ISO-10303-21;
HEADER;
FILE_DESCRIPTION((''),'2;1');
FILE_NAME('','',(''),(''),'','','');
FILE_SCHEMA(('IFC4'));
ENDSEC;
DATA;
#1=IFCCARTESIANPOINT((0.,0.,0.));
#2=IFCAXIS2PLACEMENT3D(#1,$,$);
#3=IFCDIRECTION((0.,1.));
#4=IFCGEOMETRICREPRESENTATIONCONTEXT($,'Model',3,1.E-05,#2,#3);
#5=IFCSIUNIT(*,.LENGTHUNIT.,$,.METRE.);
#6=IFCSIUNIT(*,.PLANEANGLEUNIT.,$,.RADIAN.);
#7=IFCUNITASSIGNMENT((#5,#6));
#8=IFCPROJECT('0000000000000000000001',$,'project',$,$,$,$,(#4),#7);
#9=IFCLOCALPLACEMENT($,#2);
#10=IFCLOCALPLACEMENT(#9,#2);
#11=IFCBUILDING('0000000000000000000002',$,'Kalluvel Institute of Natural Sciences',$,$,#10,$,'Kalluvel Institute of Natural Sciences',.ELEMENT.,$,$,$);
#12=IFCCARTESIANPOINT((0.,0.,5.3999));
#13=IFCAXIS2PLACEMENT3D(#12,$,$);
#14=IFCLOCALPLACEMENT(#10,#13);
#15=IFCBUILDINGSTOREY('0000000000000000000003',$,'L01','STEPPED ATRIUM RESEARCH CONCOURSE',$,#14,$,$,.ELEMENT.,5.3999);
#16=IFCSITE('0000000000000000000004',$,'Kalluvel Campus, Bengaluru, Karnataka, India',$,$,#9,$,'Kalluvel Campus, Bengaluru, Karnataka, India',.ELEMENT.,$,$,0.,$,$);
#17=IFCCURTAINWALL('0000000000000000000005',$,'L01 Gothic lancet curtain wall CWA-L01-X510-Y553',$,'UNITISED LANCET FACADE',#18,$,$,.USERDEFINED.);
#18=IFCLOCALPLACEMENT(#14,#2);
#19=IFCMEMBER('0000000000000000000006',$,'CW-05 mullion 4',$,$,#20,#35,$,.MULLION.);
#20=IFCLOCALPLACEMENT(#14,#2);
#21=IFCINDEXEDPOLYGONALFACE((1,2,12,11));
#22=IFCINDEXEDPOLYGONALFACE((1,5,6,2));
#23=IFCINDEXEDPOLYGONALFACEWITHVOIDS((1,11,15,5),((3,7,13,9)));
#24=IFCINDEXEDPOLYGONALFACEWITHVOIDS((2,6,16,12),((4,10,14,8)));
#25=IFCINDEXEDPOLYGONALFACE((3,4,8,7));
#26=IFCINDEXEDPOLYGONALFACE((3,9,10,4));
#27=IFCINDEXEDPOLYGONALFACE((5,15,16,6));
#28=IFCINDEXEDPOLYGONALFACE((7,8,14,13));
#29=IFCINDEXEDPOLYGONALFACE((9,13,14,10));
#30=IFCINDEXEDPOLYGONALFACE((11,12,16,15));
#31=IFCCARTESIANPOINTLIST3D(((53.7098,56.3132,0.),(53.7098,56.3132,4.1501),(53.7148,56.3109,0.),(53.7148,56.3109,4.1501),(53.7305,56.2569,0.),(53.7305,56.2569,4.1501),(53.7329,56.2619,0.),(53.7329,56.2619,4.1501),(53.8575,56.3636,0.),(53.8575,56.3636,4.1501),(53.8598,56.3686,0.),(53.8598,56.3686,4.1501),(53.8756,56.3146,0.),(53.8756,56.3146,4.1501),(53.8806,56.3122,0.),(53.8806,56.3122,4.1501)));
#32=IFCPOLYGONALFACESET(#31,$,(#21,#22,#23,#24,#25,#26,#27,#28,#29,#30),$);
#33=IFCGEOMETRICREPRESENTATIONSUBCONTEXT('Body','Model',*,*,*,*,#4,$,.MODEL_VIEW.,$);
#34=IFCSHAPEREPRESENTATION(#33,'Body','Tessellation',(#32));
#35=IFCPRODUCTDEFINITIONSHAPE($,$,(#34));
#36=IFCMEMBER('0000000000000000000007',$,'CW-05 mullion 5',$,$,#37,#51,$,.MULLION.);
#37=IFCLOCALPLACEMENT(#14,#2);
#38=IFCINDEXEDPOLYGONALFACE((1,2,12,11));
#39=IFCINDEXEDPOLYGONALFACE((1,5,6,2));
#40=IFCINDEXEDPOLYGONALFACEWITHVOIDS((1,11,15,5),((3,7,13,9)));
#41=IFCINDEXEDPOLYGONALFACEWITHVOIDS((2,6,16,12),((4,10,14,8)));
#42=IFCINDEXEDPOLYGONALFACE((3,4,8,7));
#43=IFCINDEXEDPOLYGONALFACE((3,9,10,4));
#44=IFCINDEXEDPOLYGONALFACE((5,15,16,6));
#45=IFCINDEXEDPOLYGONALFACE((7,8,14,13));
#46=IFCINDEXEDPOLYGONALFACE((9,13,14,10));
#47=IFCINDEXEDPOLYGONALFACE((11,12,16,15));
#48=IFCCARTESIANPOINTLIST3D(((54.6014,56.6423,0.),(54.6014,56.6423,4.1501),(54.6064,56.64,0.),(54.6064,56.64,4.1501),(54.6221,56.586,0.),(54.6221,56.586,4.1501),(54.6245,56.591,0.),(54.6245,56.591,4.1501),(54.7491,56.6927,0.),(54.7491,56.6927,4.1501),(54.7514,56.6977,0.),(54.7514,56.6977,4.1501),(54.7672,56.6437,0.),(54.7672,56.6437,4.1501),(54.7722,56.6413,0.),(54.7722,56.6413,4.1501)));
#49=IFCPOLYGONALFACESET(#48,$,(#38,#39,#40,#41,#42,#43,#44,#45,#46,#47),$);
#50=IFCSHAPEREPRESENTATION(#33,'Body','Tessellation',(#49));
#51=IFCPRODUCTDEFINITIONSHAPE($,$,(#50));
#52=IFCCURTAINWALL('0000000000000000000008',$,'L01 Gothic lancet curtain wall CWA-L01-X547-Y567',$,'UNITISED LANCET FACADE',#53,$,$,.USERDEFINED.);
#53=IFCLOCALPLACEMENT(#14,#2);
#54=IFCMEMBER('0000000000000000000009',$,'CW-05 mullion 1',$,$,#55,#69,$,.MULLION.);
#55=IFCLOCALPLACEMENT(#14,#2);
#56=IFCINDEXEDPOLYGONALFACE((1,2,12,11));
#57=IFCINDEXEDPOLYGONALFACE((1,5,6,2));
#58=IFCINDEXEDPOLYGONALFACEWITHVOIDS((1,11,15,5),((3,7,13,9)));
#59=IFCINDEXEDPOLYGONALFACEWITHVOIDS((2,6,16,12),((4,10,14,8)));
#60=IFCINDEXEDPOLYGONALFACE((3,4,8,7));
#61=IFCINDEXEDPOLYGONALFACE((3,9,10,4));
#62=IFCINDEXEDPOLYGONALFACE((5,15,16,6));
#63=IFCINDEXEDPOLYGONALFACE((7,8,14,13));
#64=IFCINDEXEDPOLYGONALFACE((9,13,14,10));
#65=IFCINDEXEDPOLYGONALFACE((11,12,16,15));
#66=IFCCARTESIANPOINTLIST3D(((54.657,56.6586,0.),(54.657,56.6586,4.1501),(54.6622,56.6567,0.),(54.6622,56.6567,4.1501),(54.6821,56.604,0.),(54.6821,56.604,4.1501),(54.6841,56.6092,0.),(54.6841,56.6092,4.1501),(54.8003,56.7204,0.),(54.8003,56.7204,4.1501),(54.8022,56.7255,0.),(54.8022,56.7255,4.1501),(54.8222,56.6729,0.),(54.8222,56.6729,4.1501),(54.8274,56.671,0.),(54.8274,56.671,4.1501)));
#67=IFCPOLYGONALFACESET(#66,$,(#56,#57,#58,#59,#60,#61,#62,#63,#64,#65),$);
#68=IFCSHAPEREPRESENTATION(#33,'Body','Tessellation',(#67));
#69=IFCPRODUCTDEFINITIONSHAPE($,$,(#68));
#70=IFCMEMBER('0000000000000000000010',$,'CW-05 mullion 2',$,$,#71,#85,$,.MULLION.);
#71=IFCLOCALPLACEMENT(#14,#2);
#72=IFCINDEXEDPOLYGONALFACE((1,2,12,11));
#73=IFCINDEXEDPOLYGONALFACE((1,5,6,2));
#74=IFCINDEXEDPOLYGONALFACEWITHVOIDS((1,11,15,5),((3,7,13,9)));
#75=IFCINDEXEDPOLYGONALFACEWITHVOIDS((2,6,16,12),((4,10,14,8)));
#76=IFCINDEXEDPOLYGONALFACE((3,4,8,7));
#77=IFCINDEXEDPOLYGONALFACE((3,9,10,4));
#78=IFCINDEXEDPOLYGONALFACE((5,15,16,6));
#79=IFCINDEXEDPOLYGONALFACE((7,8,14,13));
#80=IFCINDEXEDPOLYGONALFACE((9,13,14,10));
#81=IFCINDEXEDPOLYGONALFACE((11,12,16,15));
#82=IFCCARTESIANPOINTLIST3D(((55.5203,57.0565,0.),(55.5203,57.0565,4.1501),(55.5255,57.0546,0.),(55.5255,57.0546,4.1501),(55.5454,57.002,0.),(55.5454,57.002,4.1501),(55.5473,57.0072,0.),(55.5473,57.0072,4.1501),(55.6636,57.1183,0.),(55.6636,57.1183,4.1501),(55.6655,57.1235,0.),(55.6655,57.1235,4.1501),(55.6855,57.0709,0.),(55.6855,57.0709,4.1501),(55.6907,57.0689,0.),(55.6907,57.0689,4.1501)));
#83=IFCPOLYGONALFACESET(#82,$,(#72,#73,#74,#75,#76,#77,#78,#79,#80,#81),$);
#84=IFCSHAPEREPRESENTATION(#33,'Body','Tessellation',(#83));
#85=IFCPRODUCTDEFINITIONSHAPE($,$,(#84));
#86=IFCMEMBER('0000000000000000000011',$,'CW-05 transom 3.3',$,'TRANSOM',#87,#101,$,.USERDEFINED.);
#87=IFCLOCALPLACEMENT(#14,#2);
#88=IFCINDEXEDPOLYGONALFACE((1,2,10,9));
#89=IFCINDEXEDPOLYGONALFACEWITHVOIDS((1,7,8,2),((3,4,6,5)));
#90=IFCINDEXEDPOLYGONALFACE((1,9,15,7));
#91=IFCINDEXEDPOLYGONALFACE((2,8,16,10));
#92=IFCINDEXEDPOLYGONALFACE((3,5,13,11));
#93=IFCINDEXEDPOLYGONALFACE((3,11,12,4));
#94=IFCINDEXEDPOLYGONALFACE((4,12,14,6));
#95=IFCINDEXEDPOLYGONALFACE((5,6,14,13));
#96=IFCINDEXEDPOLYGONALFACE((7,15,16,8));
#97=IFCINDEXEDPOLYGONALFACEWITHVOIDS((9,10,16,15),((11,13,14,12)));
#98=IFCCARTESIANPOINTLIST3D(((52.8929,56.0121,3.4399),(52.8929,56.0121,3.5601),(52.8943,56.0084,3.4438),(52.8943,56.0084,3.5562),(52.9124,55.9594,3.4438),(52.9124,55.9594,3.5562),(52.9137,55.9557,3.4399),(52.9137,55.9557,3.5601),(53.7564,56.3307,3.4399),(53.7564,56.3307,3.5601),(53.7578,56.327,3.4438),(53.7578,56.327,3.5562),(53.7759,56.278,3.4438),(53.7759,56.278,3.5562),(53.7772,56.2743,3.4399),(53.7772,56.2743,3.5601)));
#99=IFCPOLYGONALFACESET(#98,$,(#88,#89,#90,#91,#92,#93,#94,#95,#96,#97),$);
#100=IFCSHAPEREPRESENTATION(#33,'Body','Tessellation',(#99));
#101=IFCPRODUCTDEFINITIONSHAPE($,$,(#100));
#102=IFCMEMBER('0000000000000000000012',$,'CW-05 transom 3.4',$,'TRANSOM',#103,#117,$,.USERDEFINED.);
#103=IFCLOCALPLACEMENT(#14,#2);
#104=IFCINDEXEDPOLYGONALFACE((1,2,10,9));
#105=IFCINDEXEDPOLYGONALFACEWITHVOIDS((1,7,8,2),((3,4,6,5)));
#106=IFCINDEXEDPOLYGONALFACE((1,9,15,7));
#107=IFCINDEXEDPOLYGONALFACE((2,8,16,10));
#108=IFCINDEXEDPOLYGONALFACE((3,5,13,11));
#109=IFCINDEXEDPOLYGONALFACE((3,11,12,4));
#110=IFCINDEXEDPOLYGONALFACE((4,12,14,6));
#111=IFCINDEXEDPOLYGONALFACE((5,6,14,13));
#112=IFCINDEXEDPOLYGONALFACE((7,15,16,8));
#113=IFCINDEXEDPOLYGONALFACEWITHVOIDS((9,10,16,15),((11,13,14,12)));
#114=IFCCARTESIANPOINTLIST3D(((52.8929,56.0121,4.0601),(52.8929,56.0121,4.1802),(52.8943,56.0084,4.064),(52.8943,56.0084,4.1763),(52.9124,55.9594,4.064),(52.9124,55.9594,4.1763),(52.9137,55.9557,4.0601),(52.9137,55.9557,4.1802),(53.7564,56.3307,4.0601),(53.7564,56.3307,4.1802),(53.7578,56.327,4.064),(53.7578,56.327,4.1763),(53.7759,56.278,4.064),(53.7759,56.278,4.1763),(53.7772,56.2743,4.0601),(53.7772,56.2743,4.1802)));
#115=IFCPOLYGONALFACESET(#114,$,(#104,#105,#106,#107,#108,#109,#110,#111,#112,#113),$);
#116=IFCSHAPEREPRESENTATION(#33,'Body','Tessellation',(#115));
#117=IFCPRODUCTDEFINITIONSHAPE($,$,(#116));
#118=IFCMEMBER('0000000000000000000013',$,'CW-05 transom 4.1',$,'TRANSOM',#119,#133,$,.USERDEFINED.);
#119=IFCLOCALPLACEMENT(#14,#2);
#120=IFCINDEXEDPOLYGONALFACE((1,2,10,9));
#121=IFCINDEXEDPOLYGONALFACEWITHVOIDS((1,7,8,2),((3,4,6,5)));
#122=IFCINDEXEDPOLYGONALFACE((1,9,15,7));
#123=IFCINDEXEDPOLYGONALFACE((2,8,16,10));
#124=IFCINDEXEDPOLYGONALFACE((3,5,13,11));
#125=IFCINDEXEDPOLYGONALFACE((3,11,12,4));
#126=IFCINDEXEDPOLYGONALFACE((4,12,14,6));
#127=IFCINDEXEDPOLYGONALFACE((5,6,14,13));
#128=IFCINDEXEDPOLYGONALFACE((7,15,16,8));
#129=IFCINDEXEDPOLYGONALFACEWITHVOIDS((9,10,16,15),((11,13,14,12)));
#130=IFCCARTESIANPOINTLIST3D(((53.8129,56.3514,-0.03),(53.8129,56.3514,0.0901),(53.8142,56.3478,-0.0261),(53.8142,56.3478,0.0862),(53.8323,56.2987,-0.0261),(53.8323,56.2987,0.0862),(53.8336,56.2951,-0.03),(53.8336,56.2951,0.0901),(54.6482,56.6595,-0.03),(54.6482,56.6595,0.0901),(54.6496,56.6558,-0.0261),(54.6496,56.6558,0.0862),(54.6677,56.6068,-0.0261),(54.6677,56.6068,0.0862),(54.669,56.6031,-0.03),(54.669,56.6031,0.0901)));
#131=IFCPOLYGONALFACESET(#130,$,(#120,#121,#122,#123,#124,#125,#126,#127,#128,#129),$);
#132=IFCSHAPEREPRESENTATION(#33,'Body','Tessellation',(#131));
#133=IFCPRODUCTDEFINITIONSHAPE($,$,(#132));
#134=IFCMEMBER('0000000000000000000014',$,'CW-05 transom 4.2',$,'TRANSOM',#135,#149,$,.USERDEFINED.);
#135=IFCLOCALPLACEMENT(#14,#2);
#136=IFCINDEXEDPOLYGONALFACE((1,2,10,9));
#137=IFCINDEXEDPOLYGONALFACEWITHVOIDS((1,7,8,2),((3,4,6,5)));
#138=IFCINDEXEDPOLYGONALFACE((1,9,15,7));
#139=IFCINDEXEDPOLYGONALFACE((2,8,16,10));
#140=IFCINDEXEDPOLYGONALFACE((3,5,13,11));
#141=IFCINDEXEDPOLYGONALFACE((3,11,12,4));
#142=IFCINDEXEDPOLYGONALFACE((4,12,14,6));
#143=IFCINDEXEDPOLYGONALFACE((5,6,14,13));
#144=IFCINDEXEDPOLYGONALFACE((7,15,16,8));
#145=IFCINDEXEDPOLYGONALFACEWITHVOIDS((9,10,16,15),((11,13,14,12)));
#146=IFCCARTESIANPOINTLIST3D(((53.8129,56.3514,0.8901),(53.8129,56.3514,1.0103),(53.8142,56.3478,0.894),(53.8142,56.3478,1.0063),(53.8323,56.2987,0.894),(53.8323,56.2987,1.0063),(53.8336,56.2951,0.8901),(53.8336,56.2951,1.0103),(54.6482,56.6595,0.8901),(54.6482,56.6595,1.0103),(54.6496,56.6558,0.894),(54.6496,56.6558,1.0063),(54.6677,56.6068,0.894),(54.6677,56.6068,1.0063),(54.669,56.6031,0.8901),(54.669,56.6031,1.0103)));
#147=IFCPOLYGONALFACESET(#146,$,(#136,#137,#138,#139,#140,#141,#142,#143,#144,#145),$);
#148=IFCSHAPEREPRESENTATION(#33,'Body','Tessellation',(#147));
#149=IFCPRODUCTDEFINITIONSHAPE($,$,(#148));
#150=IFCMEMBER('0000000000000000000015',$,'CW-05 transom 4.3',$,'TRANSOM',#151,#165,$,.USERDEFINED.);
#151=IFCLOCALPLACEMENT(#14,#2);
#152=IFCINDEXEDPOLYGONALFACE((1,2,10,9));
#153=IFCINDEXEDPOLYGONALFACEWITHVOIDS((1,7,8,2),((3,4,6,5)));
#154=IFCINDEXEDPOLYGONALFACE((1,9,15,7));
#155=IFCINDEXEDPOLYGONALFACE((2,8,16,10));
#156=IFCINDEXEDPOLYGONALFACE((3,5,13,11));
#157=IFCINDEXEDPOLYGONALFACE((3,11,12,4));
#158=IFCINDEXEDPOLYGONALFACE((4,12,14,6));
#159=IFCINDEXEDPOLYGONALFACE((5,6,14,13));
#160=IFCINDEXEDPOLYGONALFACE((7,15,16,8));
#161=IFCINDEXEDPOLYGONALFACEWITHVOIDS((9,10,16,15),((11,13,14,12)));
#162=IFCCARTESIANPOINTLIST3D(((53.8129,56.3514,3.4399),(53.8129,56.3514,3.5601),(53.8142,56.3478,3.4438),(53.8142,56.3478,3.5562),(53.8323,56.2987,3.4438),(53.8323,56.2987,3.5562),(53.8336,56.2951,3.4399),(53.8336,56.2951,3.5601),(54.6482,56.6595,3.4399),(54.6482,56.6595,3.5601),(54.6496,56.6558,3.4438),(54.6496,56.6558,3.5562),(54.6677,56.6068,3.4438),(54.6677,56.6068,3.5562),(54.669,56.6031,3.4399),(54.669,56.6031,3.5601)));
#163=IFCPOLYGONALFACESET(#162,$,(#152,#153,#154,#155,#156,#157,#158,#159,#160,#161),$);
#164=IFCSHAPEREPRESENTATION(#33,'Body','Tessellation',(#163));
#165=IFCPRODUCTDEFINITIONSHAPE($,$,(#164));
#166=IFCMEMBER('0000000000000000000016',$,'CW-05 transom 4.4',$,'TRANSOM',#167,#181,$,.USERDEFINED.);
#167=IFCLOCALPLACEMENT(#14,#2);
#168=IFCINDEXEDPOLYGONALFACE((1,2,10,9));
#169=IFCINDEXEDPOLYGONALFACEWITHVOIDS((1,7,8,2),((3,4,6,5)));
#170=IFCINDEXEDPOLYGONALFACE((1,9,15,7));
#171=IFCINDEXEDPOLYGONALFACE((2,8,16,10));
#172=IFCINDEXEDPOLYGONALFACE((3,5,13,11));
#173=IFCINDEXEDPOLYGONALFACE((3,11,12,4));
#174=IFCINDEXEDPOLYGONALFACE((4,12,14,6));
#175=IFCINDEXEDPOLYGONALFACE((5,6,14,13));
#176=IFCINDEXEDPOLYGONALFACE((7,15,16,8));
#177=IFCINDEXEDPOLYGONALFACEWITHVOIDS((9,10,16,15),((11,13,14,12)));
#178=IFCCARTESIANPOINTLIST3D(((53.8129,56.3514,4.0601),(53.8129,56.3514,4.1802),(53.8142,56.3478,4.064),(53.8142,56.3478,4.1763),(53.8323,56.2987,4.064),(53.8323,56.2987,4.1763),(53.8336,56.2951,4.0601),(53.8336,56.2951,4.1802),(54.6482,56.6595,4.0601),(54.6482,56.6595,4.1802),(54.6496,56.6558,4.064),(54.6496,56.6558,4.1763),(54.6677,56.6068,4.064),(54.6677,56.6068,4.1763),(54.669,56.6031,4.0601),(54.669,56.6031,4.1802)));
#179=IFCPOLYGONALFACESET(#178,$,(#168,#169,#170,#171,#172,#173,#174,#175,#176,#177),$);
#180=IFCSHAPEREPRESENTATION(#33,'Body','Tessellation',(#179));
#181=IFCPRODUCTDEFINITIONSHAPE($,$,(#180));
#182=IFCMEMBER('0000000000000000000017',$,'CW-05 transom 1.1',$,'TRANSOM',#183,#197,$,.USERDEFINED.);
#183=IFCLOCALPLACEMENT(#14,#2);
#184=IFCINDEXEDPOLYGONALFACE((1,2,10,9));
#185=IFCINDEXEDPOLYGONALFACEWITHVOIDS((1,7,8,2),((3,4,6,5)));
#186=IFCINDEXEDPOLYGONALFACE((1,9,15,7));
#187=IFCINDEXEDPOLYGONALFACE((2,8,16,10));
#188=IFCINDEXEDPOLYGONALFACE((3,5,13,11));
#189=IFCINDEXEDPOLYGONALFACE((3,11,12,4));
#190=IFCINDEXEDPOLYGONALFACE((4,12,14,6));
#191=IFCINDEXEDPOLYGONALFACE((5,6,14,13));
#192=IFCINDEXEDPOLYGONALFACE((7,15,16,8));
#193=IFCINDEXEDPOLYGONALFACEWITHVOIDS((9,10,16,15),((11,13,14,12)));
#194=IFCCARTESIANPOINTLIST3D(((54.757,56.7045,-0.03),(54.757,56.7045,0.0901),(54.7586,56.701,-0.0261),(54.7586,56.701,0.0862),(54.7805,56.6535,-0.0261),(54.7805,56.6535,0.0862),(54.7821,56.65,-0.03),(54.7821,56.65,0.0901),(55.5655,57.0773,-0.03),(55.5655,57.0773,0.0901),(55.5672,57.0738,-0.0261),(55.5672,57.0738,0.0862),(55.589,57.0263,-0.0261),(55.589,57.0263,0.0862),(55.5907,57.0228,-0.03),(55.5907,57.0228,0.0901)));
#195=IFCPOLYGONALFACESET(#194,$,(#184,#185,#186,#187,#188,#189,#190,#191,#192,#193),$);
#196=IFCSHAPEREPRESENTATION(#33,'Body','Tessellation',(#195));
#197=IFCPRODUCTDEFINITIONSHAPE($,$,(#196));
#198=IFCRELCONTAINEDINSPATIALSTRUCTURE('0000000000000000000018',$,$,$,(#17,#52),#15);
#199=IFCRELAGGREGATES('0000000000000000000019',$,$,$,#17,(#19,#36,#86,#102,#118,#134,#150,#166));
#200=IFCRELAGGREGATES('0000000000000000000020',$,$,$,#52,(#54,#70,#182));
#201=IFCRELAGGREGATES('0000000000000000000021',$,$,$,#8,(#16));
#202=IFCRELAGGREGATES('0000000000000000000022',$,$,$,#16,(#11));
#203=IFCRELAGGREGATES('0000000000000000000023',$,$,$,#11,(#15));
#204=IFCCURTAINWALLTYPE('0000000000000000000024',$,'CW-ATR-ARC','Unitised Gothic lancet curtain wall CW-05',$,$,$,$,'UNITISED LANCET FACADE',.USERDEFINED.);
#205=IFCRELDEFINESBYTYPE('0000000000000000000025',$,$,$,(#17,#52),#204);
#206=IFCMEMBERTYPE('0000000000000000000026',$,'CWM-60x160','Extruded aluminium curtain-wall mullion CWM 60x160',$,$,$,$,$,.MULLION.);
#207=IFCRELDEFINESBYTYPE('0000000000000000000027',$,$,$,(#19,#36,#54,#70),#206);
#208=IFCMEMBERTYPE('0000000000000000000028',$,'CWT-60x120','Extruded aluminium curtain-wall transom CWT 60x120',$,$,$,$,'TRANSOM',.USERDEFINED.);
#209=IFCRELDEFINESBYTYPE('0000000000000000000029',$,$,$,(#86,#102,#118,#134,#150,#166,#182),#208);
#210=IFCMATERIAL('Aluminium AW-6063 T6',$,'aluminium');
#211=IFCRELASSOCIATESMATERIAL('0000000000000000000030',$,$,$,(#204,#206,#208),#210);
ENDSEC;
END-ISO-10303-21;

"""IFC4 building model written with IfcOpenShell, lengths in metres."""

from ifc_helpers import new_model, si_unit, direction, frame, origin, origin_2d, place, context, subcontext, project, spatial, hollow_rectangle, extrude, material, material_profile, profile_set, type_object, element, aggregate, save


model = new_model("IFC4")

# Units and contexts
model_context = context("Model", 3, precision=1e-05, world=origin(), true_north=direction((0.0, 1.0)))
body_context = subcontext(model_context, "Body", "Model", "MODEL_VIEW")
ifc_project = project(units=[si_unit("LENGTHUNIT", "METRE"), si_unit("PLANEANGLEUNIT", "RADIAN")], contexts=[model_context])

# Site, building, storey
site_placement = place(None, origin())
site = spatial("IfcSite", under=ifc_project, at=site_placement, Name="Kalluvel Campus, Bengaluru, Karnataka, India", LongName="Kalluvel Campus, Bengaluru, Karnataka, India", CompositionType="ELEMENT", RefElevation=0.0)
building_placement = place(site_placement, origin())
building = spatial("IfcBuilding", under=site, at=building_placement, Name="Kalluvel Institute of Natural Sciences", LongName="Kalluvel Institute of Natural Sciences", CompositionType="ELEMENT")
storey_placement = place(building_placement, frame((0.0, 0.0, 5.3999)))
storey = spatial("IfcBuildingStorey", under=building, at=storey_placement, Name="L01", Description="STEPPED ATRIUM RESEARCH CONCOURSE", CompositionType="ELEMENT", Elevation=5.3999)

# Curtain walls, members
ifc_material_1 = material(Name="Aluminium AW-6063 T6", Category="aluminium")
curtain_wall_type = type_object("IfcCurtainWallType", Name="CW-ATR-ARC", Description="Unitised Gothic lancet curtain wall CW-05", ElementType="UNITISED LANCET FACADE", PredefinedType="USERDEFINED", material=ifc_material_1)
curtain_wall_1_placement = place(storey_placement, origin())
curtain_wall_1 = element("IfcCurtainWall", 1, at=curtain_wall_1_placement, inside=storey, type_object=curtain_wall_type, Name="L01 Gothic lancet curtain wall CWA-L01-X510-Y553", ObjectType="UNITISED LANCET FACADE", PredefinedType="USERDEFINED")
ifc_material_profile_1 = material_profile(ifc_material_1, hollow_rectangle(XDim=0.0601, YDim=0.1599, WallThickness=0.0039, at=origin_2d()), Name="CWM 60x160")
ifc_profile_set_1 = profile_set([ifc_material_profile_1], Name="Aluminium AW-6063 T6")
member_type_1 = type_object("IfcMemberType", Name="CWM-60x160", Description="Extruded aluminium curtain-wall mullion CWM 60x160", PredefinedType="MULLION", material=ifc_profile_set_1)
member_1_placement = place(storey_placement, frame((53.7952, 56.3127, 0.0), z_axis=(0.0, 0.0, 1.0), x_axis=(-0.346122, 0.938189, 0.0)))
member_1 = element("IfcMember", 2, at=member_1_placement, type_object=member_type_1, Name="CW-05 mullion 4", PredefinedType="MULLION", context=body_context, shape_type="SweptSolid", body=[
    extrude(hollow_rectangle(XDim=0.0601, YDim=0.1599, WallThickness=0.0039, at=origin_2d()), origin(), (0.0, 0.0, 1.0), 4.1501),
])
member_2_placement = place(storey_placement, frame((54.6868, 56.6418, 0.0), z_axis=(0.0, 0.0, 1.0), x_axis=(-0.346122, 0.938189, 0.0)))
member_2 = element("IfcMember", 3, at=member_2_placement, type_object=member_type_1, Name="CW-05 mullion 5", PredefinedType="MULLION", context=body_context, shape_type="SweptSolid", body=[
    extrude(hollow_rectangle(XDim=0.0601, YDim=0.1599, WallThickness=0.0039, at=origin_2d()), origin(), (0.0, 0.0, 1.0), 4.1501),
])
curtain_wall_2_placement = place(storey_placement, origin())
curtain_wall_2 = element("IfcCurtainWall", 4, at=curtain_wall_2_placement, inside=storey, type_object=curtain_wall_type, Name="L01 Gothic lancet curtain wall CWA-L01-X547-Y567", ObjectType="UNITISED LANCET FACADE", PredefinedType="USERDEFINED")
member_3_placement = place(storey_placement, frame((54.7422, 56.6648, 0.0), z_axis=(0.0, 0.0, 1.0), x_axis=(-0.418657, 0.908144, 0.0)))
member_3 = element("IfcMember", 5, at=member_3_placement, type_object=member_type_1, Name="CW-05 mullion 1", PredefinedType="MULLION", context=body_context, shape_type="SweptSolid", body=[
    extrude(hollow_rectangle(XDim=0.0601, YDim=0.1599, WallThickness=0.0039, at=origin_2d()), origin(), (0.0, 0.0, 1.0), 4.1501),
])
member_4_placement = place(storey_placement, frame((55.6055, 57.0627, 0.0), z_axis=(0.0, 0.0, 1.0), x_axis=(-0.418657, 0.908144, 0.0)))
member_4 = element("IfcMember", 6, at=member_4_placement, type_object=member_type_1, Name="CW-05 mullion 2", PredefinedType="MULLION", context=body_context, shape_type="SweptSolid", body=[
    extrude(hollow_rectangle(XDim=0.0601, YDim=0.1599, WallThickness=0.0039, at=origin_2d()), origin(), (0.0, 0.0, 1.0), 4.1501),
])

# Members
ifc_material_profile_2 = material_profile(ifc_material_1, hollow_rectangle(XDim=0.0601, YDim=0.1201, WallThickness=0.0039, at=origin_2d()), Name="CWT 60x120")
ifc_profile_set_2 = profile_set([ifc_material_profile_2], Name="Aluminium AW-6063 T6")
member_type_2 = type_object("IfcMemberType", Name="CWT-60x120", Description="Extruded aluminium curtain-wall transom CWT 60x120", ElementType="TRANSOM", PredefinedType="USERDEFINED", material=ifc_profile_set_2)
member_5_placement = place(storey_placement, frame((52.9033, 55.9839, 3.5), z_axis=(0.93818, 0.346148, 0.0), x_axis=(-0.346148, 0.93818, 0.0)))
member_5 = element("IfcMember", 7, at=member_5_placement, type_object=member_type_2, Name="CW-05 transom 3.3", ObjectType="TRANSOM", PredefinedType="USERDEFINED", context=body_context, shape_type="SweptSolid", body=[
    extrude(hollow_rectangle(XDim=0.0601, YDim=0.1201, WallThickness=0.0039, at=origin_2d()), origin(), (0.0, 0.0, 1.0), 0.9204),
])
member_6_placement = place(storey_placement, frame((52.9033, 55.9839, 4.1201), z_axis=(0.93818, 0.346148, 0.0), x_axis=(-0.346148, 0.93818, 0.0)))
member_6 = element("IfcMember", 8, at=member_6_placement, type_object=member_type_2, Name="CW-05 transom 3.4", ObjectType="TRANSOM", PredefinedType="USERDEFINED", context=body_context, shape_type="SweptSolid", body=[
    extrude(hollow_rectangle(XDim=0.0601, YDim=0.1201, WallThickness=0.0039, at=origin_2d()), origin(), (0.0, 0.0, 1.0), 0.9204),
])
member_7_placement = place(storey_placement, frame((53.8232, 56.3232, 0.03), z_axis=(0.938231, 0.34601, 0.0), x_axis=(-0.34601, 0.938231, 0.0)))
member_7 = element("IfcMember", 9, at=member_7_placement, type_object=member_type_2, Name="CW-05 transom 4.1", ObjectType="TRANSOM", PredefinedType="USERDEFINED", context=body_context, shape_type="SweptSolid", body=[
    extrude(hollow_rectangle(XDim=0.0601, YDim=0.1201, WallThickness=0.0039, at=origin_2d()), origin(), (0.0, 0.0, 1.0), 0.8904),
])
member_8_placement = place(storey_placement, frame((53.8232, 56.3232, 0.9502), z_axis=(0.938231, 0.34601, 0.0), x_axis=(-0.34601, 0.938231, 0.0)))
member_8 = element("IfcMember", 10, at=member_8_placement, type_object=member_type_2, Name="CW-05 transom 4.2", ObjectType="TRANSOM", PredefinedType="USERDEFINED", context=body_context, shape_type="SweptSolid", body=[
    extrude(hollow_rectangle(XDim=0.0601, YDim=0.1201, WallThickness=0.0039, at=origin_2d()), origin(), (0.0, 0.0, 1.0), 0.8904),
])
member_9_placement = place(storey_placement, frame((53.8232, 56.3232, 3.5), z_axis=(0.938231, 0.34601, 0.0), x_axis=(-0.34601, 0.938231, 0.0)))
member_9 = element("IfcMember", 11, at=member_9_placement, type_object=member_type_2, Name="CW-05 transom 4.3", ObjectType="TRANSOM", PredefinedType="USERDEFINED", context=body_context, shape_type="SweptSolid", body=[
    extrude(hollow_rectangle(XDim=0.0601, YDim=0.1201, WallThickness=0.0039, at=origin_2d()), origin(), (0.0, 0.0, 1.0), 0.8904),
])
member_10_placement = place(storey_placement, frame((53.8232, 56.3232, 4.1201), z_axis=(0.938231, 0.34601, 0.0), x_axis=(-0.34601, 0.938231, 0.0)))
member_10 = element("IfcMember", 12, at=member_10_placement, type_object=member_type_2, Name="CW-05 transom 4.4", ObjectType="TRANSOM", PredefinedType="USERDEFINED", context=body_context, shape_type="SweptSolid", body=[
    extrude(hollow_rectangle(XDim=0.0601, YDim=0.1201, WallThickness=0.0039, at=origin_2d()), origin(), (0.0, 0.0, 1.0), 0.8904),
])
member_11_placement = place(storey_placement, frame((54.7695, 56.6772, 0.03), z_axis=(0.908128, 0.418693, 0.0), x_axis=(-0.418693, 0.908128, 0.0)))
member_11 = element("IfcMember", 13, at=member_11_placement, type_object=member_type_2, Name="CW-05 transom 1.1", ObjectType="TRANSOM", PredefinedType="USERDEFINED", context=body_context, shape_type="SweptSolid", body=[
    extrude(hollow_rectangle(XDim=0.0601, YDim=0.1201, WallThickness=0.0039, at=origin_2d()), origin(), (0.0, 0.0, 1.0), 0.8904),
])

aggregate(curtain_wall_1, [member_1, member_2, member_5, member_6, member_7, member_8, member_9, member_10])
aggregate(curtain_wall_2, [member_3, member_4, member_11])

save(model, "model.ifc")
